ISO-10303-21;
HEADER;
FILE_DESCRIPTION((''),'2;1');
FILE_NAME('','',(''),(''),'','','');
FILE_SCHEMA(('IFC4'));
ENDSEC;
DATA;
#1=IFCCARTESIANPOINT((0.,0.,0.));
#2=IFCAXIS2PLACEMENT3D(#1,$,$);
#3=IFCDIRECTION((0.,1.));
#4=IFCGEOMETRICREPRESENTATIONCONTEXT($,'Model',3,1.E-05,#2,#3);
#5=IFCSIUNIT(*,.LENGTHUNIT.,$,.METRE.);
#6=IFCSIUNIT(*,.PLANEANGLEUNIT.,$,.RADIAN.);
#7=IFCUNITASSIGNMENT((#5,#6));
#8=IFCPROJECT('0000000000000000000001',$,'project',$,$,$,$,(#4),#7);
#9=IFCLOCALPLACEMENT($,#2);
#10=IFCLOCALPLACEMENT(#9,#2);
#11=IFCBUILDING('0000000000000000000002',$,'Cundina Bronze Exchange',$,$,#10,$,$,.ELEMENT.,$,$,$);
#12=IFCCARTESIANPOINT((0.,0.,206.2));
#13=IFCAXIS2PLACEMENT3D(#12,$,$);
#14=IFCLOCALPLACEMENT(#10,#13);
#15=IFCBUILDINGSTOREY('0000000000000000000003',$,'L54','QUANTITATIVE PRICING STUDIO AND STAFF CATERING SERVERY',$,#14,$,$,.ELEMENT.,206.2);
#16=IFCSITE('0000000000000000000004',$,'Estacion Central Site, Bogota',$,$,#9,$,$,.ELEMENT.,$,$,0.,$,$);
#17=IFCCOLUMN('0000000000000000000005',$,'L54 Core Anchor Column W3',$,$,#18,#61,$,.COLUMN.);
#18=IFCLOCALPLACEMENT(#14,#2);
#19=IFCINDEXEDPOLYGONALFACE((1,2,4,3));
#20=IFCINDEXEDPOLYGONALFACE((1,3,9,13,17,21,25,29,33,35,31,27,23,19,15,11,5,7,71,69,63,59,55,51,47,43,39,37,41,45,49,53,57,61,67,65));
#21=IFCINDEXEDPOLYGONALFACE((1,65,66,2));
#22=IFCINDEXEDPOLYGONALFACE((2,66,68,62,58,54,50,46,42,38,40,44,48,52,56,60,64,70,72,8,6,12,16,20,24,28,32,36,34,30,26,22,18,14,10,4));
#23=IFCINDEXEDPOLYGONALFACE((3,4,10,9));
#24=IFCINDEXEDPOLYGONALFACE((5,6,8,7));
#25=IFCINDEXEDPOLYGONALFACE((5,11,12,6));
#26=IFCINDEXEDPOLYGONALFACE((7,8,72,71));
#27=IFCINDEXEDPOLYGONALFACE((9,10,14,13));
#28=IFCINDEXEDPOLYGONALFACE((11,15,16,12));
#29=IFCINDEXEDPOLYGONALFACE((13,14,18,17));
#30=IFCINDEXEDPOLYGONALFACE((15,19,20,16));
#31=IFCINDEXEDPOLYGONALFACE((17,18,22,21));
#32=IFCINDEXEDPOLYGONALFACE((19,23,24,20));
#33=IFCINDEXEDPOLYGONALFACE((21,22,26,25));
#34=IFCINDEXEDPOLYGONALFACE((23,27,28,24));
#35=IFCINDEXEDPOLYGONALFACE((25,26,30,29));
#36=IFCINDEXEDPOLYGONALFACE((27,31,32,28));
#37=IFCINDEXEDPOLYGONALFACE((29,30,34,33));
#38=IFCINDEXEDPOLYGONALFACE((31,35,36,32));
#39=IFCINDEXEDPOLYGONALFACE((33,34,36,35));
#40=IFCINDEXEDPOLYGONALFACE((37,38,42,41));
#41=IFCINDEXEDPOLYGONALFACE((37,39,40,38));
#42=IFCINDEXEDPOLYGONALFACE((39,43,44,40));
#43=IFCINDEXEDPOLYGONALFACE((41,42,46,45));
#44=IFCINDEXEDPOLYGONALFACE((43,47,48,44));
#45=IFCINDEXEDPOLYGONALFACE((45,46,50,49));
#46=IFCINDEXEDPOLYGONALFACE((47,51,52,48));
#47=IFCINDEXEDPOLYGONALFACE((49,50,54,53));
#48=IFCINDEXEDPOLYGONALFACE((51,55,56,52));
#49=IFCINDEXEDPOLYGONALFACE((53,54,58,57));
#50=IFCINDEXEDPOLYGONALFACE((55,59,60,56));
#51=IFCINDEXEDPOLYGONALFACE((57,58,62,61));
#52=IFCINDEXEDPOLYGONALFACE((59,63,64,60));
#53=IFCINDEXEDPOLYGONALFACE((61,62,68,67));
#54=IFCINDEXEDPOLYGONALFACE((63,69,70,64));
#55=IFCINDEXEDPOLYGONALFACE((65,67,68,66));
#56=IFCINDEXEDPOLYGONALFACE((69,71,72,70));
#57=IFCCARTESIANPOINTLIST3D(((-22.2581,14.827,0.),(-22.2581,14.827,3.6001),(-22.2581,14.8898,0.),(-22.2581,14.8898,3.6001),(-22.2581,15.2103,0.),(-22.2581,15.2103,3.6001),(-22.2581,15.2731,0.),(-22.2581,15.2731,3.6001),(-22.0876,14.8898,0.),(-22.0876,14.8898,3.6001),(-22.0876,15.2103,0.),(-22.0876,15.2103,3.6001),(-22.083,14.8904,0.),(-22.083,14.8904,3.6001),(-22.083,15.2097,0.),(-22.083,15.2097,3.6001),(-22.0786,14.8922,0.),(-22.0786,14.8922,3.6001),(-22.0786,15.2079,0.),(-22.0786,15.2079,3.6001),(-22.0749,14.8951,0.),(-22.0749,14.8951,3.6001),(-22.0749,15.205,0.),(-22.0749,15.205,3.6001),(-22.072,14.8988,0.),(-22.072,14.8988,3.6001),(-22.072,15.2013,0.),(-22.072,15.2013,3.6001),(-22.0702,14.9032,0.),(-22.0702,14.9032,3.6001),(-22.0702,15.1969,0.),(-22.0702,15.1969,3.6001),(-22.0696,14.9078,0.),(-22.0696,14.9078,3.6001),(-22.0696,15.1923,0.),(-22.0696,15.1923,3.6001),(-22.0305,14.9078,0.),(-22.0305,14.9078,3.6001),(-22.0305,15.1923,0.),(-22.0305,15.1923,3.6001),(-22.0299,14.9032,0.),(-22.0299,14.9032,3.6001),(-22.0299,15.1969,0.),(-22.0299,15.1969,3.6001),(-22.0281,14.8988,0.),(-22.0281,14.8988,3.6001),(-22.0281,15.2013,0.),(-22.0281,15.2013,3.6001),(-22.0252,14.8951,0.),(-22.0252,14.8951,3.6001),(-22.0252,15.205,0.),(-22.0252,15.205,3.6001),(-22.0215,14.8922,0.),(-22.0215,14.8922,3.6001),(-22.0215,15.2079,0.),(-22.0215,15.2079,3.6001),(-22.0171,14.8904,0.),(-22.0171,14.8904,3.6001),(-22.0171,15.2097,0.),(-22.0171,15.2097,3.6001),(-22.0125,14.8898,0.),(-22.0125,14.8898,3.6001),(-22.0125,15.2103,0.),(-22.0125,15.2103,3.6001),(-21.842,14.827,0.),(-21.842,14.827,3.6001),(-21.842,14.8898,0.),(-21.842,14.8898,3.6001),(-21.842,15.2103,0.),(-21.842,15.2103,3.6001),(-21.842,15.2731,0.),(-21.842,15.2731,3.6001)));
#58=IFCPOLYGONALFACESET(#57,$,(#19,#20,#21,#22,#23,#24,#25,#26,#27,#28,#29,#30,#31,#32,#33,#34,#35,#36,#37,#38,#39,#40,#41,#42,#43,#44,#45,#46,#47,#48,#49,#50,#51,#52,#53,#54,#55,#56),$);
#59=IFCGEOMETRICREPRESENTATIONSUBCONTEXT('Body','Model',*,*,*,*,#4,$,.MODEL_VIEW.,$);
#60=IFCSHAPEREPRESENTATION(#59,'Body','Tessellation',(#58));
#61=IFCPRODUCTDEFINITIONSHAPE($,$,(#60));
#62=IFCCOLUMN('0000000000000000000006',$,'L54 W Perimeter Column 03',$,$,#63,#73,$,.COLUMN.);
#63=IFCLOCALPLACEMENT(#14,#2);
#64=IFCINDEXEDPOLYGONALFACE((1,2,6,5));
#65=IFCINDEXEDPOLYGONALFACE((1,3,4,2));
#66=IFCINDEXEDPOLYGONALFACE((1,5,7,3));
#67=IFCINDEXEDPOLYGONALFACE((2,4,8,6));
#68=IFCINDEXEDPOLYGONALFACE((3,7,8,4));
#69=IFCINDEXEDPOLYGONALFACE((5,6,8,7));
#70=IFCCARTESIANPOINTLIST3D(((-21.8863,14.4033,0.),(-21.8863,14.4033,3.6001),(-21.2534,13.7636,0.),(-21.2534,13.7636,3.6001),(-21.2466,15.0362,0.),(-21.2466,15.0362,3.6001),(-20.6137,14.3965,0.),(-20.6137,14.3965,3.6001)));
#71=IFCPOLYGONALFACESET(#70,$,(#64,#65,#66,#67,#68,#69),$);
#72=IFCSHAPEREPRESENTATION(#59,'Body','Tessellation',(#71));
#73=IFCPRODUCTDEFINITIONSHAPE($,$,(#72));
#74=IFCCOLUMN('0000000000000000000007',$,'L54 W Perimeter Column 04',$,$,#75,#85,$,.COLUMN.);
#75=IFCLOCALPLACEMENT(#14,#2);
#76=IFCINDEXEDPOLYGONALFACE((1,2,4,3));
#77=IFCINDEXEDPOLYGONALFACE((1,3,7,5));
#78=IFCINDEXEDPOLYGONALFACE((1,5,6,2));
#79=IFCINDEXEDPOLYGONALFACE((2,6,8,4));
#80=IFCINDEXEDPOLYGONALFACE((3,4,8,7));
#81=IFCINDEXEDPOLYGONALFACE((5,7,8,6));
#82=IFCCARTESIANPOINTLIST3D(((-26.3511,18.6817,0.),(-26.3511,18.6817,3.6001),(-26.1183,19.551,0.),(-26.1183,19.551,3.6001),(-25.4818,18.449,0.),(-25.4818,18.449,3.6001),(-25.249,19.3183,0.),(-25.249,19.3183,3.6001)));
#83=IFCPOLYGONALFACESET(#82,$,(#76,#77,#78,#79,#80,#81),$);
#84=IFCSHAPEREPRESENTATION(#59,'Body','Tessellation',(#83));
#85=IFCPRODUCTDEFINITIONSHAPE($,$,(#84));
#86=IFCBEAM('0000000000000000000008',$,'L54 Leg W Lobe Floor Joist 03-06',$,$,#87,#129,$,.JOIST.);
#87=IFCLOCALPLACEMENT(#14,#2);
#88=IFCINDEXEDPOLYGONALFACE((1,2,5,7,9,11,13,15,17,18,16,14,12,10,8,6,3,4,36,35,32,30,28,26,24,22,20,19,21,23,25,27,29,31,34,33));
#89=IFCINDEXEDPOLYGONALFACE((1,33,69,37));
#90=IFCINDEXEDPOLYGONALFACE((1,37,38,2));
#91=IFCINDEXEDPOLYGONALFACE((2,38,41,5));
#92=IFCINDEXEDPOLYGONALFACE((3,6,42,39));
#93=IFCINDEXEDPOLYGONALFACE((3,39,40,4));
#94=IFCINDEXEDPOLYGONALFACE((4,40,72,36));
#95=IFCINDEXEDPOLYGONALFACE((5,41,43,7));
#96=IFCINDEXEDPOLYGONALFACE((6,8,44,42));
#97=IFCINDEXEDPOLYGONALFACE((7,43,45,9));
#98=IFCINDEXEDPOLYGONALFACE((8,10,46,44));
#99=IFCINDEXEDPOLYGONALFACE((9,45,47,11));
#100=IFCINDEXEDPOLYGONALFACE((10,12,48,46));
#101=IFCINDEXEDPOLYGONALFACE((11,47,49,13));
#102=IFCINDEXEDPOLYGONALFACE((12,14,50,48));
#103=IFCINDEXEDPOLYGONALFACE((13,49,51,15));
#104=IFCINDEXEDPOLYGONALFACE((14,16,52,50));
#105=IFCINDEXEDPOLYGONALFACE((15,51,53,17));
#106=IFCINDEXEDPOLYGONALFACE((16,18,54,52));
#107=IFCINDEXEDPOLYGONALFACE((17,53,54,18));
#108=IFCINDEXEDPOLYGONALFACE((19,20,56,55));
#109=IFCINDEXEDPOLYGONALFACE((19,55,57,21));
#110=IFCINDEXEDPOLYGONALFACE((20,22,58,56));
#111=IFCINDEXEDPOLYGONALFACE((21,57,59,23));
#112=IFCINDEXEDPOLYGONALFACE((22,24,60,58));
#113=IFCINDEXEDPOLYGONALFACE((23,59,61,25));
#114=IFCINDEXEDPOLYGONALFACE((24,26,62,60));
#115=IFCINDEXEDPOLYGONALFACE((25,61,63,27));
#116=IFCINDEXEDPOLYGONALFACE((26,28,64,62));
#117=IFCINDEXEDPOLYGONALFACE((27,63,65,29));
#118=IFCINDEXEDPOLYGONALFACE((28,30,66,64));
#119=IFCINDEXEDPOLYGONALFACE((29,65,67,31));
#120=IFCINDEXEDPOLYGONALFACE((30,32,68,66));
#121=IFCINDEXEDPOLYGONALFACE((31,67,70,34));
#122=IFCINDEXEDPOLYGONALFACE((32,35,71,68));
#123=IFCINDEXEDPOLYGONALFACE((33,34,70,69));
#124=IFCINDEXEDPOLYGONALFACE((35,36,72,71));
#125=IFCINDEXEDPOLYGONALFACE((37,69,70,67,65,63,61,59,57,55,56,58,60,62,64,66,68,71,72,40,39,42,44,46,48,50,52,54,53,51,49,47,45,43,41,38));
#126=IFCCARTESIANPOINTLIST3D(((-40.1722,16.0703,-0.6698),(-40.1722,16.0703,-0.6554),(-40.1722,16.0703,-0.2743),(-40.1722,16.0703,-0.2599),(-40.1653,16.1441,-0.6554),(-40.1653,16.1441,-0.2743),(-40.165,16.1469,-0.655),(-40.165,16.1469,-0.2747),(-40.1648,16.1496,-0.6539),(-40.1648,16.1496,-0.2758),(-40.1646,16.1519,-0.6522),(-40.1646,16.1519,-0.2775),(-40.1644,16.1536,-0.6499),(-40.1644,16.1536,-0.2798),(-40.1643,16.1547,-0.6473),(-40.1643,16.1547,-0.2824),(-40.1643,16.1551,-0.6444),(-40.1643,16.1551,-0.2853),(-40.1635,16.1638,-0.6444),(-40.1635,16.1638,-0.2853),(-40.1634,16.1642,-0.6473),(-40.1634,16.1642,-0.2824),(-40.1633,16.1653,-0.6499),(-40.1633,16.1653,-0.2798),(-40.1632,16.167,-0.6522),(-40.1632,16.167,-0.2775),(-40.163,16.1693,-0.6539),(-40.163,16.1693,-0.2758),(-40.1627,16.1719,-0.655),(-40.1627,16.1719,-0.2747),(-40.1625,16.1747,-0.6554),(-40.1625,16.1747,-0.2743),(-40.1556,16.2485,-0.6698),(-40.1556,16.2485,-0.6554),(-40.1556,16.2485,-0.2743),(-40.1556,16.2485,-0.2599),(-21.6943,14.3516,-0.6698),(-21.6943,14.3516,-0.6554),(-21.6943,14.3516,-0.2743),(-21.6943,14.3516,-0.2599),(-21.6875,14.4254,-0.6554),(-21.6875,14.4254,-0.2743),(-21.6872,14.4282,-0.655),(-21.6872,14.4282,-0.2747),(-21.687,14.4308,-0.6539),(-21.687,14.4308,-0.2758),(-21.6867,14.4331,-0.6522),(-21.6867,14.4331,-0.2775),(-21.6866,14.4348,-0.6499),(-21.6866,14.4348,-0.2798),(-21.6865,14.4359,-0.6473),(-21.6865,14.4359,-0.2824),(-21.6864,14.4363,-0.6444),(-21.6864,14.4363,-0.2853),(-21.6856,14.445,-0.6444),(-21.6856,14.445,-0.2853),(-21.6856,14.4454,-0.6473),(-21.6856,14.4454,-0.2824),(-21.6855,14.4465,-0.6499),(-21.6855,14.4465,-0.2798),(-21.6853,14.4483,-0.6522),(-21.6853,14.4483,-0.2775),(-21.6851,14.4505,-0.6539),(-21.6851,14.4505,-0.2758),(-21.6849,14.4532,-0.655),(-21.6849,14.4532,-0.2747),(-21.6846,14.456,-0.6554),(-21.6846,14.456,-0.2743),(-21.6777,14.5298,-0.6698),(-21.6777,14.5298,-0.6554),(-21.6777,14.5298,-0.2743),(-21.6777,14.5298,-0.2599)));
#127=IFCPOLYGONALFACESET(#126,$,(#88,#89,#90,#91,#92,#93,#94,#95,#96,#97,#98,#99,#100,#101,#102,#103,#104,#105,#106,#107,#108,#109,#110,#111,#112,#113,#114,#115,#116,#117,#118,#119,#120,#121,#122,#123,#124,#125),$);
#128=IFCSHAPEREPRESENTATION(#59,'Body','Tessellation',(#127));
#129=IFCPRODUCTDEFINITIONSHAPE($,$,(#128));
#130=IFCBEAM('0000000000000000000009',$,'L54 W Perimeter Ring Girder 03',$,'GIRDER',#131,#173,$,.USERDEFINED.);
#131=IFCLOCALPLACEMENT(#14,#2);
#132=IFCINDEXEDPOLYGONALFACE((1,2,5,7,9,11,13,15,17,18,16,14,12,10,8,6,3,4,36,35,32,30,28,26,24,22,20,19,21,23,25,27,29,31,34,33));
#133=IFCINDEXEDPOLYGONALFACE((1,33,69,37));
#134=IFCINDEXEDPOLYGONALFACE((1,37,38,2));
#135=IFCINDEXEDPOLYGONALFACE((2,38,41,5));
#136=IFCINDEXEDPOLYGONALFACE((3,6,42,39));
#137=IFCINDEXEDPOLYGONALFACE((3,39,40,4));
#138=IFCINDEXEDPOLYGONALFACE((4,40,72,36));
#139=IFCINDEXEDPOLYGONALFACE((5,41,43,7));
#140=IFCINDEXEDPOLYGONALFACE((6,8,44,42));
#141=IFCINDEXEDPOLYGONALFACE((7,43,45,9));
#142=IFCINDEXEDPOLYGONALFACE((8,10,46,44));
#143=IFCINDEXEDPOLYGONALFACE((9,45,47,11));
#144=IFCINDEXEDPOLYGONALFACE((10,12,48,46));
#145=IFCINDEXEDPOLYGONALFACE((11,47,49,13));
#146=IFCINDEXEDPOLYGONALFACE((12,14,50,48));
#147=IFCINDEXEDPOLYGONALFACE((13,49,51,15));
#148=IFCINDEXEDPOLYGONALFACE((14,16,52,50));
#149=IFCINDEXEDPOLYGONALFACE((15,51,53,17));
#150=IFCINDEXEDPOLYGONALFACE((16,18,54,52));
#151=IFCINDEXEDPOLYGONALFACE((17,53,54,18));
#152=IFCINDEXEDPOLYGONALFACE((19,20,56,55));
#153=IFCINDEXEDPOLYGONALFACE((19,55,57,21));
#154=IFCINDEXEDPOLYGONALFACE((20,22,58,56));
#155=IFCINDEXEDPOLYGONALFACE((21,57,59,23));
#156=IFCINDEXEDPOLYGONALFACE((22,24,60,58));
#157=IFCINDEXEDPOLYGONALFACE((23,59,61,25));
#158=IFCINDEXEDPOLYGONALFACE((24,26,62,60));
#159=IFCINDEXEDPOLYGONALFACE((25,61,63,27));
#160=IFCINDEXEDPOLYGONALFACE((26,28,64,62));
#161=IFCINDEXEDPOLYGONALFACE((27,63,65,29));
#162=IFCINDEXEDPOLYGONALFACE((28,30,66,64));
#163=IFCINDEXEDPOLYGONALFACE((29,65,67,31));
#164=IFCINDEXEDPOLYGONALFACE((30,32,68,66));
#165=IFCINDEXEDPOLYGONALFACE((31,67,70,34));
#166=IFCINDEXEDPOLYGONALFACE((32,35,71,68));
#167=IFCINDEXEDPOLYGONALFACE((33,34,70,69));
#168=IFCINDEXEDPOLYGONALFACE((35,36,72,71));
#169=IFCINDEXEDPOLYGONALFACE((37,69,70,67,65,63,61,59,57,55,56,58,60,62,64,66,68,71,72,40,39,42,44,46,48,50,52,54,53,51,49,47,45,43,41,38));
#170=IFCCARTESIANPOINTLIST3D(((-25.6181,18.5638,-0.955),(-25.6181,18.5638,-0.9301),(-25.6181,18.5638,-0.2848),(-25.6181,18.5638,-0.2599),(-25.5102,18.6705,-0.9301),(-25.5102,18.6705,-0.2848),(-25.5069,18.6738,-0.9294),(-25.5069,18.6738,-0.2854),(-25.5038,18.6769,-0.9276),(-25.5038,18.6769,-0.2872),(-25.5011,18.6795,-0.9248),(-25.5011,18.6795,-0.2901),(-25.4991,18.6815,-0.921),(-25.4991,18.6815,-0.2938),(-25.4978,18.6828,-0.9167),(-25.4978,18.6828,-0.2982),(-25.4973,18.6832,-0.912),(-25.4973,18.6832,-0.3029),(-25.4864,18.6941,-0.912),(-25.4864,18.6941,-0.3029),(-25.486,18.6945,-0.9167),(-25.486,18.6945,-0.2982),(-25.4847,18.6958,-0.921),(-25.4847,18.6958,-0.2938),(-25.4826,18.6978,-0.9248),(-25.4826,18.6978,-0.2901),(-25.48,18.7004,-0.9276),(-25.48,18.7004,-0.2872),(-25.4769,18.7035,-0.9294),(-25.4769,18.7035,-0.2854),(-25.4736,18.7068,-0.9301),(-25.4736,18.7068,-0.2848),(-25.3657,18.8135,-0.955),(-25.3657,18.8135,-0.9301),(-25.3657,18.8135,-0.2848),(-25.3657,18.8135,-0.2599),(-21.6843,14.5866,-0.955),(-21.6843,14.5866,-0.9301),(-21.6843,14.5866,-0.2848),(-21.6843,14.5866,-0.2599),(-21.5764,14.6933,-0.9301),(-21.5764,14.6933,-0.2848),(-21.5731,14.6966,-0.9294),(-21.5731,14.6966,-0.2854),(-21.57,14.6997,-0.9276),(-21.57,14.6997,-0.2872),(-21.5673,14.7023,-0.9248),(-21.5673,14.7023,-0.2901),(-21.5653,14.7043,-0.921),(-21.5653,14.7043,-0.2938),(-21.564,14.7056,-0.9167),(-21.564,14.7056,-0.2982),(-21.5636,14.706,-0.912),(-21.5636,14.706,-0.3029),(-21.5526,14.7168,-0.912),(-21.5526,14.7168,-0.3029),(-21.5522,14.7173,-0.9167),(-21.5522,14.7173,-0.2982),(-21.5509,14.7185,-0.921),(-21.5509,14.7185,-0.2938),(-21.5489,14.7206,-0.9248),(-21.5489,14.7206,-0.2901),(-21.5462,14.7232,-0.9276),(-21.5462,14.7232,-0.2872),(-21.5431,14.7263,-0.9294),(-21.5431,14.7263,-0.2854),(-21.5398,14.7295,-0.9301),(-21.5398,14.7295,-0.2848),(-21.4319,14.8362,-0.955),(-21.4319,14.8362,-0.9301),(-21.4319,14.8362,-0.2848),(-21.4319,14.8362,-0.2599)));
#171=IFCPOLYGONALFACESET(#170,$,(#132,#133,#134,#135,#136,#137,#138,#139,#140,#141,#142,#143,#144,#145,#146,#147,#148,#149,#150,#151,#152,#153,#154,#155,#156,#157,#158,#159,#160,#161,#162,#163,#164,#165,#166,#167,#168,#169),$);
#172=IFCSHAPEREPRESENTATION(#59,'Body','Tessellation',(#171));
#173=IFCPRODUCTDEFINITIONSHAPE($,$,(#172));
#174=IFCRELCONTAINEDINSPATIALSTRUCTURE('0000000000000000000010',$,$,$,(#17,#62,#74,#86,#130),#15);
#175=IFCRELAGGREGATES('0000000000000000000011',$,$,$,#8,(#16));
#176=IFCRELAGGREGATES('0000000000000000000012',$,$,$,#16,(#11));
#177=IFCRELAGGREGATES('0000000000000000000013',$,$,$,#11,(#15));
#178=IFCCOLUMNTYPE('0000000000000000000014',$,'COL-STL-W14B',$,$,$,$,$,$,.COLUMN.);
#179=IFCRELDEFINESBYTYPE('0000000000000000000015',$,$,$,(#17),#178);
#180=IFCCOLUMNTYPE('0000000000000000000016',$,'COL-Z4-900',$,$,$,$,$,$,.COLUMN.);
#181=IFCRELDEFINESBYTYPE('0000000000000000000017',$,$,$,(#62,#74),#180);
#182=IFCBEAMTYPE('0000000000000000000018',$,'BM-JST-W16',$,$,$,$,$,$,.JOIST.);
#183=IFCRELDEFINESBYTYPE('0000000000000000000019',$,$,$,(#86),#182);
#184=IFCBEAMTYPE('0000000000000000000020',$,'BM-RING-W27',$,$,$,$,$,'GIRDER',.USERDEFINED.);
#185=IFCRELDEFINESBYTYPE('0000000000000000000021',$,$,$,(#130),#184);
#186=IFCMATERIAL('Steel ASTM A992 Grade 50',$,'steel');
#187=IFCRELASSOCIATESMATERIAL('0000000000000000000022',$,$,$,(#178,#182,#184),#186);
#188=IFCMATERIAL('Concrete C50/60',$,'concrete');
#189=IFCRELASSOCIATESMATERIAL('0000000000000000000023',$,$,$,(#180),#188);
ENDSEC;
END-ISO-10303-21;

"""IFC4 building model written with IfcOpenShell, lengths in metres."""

from ifc_helpers import new_model, si_unit, direction, frame, origin, origin_2d, place, context, subcontext, project, spatial, rectangle, i_section, extrude, material, material_profile, profile_set, type_object, element, save


model = new_model("IFC4")

# Units and contexts
model_context = context("Model", 3, precision=1e-05, world=origin(), true_north=direction((0.0, 1.0)))
body_context = subcontext(model_context, "Body", "Model", "MODEL_VIEW")
ifc_project = project(units=[si_unit("LENGTHUNIT", "METRE"), si_unit("PLANEANGLEUNIT", "RADIAN")], contexts=[model_context])

# Site, building, storey
site_placement = place(None, origin())
site = spatial("IfcSite", under=ifc_project, at=site_placement, Name="Estacion Central Site, Bogota", CompositionType="ELEMENT", RefElevation=0.0)
building_placement = place(site_placement, origin())
building = spatial("IfcBuilding", under=site, at=building_placement, Name="Cundina Bronze Exchange", CompositionType="ELEMENT")
storey_placement = place(building_placement, frame((0.0, 0.0, 206.2)))
storey = spatial("IfcBuildingStorey", under=building, at=storey_placement, Name="L54", Description="QUANTITATIVE PRICING STUDIO AND STAFF CATERING SERVERY", CompositionType="ELEMENT", Elevation=206.2)

# Columns
ifc_material_1 = material(Name="Steel ASTM A992 Grade 50", Category="steel")
ifc_material_profile_1 = material_profile(ifc_material_1, i_section(OverallWidth=0.416, OverallDepth=0.446, WebThickness=0.0391, FlangeThickness=0.0627, FilletRadius=0.0181, at=origin_2d()), Name="W14X342", Category="steel")
ifc_profile_set_1 = profile_set([ifc_material_profile_1], Name="Steel ASTM A992 Grade 50")
column_type_1 = type_object("IfcColumnType", Name="COL-STL-W14B", PredefinedType="COLUMN", material=ifc_profile_set_1)
column_placement = place(storey_placement, frame((-22.05, 15.05, 0.0), z_axis=(0.0, 0.0, 1.0), x_axis=(1.0, 0.0, 0.0)))
element("IfcColumn", 1, at=column_placement, inside=storey, type_object=column_type_1, Name="L54 Core Anchor Column W3", PredefinedType="COLUMN", context=body_context, shape_type="SweptSolid", body=[
    extrude(i_section(OverallWidth=0.416, OverallDepth=0.446, WebThickness=0.0391, FlangeThickness=0.0627, FilletRadius=0.0181, at=origin_2d()), origin(), (0.0, 0.0, 1.0), 3.6001),
])
ifc_material_2 = material(Name="Concrete C50/60", Category="concrete")
ifc_material_profile_2 = material_profile(ifc_material_2, rectangle(XDim=0.8999, YDim=0.8999, at=origin_2d()), Name="RC900X900", Category="concrete")
ifc_profile_set_2 = profile_set([ifc_material_profile_2], Name="Concrete C50/60")
column_type_2 = type_object("IfcColumnType", Name="COL-Z4-900", PredefinedType="COLUMN", material=ifc_profile_set_2)
for number, where, z_axis, x_axis, name in (
    (2, (-21.25, 14.3999, 0.0), (0.0, 0.0, 1.0), (-0.703271, 0.710922, 0.0), "L54 W Perimeter Column 03"),
    (3, (-25.8, 19.0, 0.0), (0.0, 0.0, 1.0), (-0.965971, 0.25865, 0.0), "L54 W Perimeter Column 04"),
):
    element("IfcColumn", number, at=place(storey_placement, frame(where, z_axis=z_axis, x_axis=x_axis)), inside=storey, type_object=column_type_2, Name=name, PredefinedType="COLUMN", context=body_context, shape_type="SweptSolid", body=[
        extrude(rectangle(XDim=0.8999, YDim=0.8999, at=origin_2d()), origin(), (0.0, 0.0, 1.0), 3.6001),
    ])

# Beams
ifc_material_profile_3 = material_profile(ifc_material_1, i_section(OverallWidth=0.179, OverallDepth=0.4099, WebThickness=0.0088, FlangeThickness=0.0144, FilletRadius=0.011, at=origin_2d()), Name="W16X45", Category="steel")
ifc_profile_set_3 = profile_set([ifc_material_profile_3], Name="Steel ASTM A992 Grade 50")
beam_type_1 = type_object("IfcBeamType", Name="BM-JST-W16", PredefinedType="JOIST", material=ifc_profile_set_3)
beam_1_placement = place(storey_placement, frame((-21.686, 14.4407, -0.4648), z_axis=(-0.995702, 0.092617, 0.0), x_axis=(-0.092617, -0.995702, 0.0)))
element("IfcBeam", 4, at=beam_1_placement, inside=storey, type_object=beam_type_1, Name="L54 Leg W Lobe Floor Joist 03-06", PredefinedType="JOIST", context=body_context, shape_type="SweptSolid", body=[
    extrude(i_section(OverallWidth=0.179, OverallDepth=0.4099, WebThickness=0.0088, FlangeThickness=0.0144, FilletRadius=0.011, at=origin_2d()), origin(), (0.0, 0.0, 1.0), 18.5576),
])
ifc_material_profile_4 = material_profile(ifc_material_1, i_section(OverallWidth=0.355, OverallDepth=0.6951, WebThickness=0.0154, FlangeThickness=0.0249, FilletRadius=0.0181, at=origin_2d()), Name="W27X146", Category="steel")
ifc_profile_set_4 = profile_set([ifc_material_profile_4], Name="Steel ASTM A992 Grade 50")
beam_type_2 = type_object("IfcBeamType", Name="BM-RING-W27", ElementType="GIRDER", PredefinedType="USERDEFINED", material=ifc_profile_set_4)
beam_2_placement = place(storey_placement, frame((-21.5581, 14.7114, -0.6074), z_axis=(-0.703212, 0.71098, 0.0), x_axis=(-0.71098, -0.703212, 0.0)))
element("IfcBeam", 5, at=beam_2_placement, inside=storey, type_object=beam_type_2, Name="L54 W Perimeter Ring Girder 03", ObjectType="GIRDER", PredefinedType="USERDEFINED", context=body_context, shape_type="SweptSolid", body=[
    extrude(i_section(OverallWidth=0.355, OverallDepth=0.6951, WebThickness=0.0154, FlangeThickness=0.0249, FilletRadius=0.0181, at=origin_2d()), origin(), (0.0, 0.0, 1.0), 5.594),
])

save(model, "model.ifc")
